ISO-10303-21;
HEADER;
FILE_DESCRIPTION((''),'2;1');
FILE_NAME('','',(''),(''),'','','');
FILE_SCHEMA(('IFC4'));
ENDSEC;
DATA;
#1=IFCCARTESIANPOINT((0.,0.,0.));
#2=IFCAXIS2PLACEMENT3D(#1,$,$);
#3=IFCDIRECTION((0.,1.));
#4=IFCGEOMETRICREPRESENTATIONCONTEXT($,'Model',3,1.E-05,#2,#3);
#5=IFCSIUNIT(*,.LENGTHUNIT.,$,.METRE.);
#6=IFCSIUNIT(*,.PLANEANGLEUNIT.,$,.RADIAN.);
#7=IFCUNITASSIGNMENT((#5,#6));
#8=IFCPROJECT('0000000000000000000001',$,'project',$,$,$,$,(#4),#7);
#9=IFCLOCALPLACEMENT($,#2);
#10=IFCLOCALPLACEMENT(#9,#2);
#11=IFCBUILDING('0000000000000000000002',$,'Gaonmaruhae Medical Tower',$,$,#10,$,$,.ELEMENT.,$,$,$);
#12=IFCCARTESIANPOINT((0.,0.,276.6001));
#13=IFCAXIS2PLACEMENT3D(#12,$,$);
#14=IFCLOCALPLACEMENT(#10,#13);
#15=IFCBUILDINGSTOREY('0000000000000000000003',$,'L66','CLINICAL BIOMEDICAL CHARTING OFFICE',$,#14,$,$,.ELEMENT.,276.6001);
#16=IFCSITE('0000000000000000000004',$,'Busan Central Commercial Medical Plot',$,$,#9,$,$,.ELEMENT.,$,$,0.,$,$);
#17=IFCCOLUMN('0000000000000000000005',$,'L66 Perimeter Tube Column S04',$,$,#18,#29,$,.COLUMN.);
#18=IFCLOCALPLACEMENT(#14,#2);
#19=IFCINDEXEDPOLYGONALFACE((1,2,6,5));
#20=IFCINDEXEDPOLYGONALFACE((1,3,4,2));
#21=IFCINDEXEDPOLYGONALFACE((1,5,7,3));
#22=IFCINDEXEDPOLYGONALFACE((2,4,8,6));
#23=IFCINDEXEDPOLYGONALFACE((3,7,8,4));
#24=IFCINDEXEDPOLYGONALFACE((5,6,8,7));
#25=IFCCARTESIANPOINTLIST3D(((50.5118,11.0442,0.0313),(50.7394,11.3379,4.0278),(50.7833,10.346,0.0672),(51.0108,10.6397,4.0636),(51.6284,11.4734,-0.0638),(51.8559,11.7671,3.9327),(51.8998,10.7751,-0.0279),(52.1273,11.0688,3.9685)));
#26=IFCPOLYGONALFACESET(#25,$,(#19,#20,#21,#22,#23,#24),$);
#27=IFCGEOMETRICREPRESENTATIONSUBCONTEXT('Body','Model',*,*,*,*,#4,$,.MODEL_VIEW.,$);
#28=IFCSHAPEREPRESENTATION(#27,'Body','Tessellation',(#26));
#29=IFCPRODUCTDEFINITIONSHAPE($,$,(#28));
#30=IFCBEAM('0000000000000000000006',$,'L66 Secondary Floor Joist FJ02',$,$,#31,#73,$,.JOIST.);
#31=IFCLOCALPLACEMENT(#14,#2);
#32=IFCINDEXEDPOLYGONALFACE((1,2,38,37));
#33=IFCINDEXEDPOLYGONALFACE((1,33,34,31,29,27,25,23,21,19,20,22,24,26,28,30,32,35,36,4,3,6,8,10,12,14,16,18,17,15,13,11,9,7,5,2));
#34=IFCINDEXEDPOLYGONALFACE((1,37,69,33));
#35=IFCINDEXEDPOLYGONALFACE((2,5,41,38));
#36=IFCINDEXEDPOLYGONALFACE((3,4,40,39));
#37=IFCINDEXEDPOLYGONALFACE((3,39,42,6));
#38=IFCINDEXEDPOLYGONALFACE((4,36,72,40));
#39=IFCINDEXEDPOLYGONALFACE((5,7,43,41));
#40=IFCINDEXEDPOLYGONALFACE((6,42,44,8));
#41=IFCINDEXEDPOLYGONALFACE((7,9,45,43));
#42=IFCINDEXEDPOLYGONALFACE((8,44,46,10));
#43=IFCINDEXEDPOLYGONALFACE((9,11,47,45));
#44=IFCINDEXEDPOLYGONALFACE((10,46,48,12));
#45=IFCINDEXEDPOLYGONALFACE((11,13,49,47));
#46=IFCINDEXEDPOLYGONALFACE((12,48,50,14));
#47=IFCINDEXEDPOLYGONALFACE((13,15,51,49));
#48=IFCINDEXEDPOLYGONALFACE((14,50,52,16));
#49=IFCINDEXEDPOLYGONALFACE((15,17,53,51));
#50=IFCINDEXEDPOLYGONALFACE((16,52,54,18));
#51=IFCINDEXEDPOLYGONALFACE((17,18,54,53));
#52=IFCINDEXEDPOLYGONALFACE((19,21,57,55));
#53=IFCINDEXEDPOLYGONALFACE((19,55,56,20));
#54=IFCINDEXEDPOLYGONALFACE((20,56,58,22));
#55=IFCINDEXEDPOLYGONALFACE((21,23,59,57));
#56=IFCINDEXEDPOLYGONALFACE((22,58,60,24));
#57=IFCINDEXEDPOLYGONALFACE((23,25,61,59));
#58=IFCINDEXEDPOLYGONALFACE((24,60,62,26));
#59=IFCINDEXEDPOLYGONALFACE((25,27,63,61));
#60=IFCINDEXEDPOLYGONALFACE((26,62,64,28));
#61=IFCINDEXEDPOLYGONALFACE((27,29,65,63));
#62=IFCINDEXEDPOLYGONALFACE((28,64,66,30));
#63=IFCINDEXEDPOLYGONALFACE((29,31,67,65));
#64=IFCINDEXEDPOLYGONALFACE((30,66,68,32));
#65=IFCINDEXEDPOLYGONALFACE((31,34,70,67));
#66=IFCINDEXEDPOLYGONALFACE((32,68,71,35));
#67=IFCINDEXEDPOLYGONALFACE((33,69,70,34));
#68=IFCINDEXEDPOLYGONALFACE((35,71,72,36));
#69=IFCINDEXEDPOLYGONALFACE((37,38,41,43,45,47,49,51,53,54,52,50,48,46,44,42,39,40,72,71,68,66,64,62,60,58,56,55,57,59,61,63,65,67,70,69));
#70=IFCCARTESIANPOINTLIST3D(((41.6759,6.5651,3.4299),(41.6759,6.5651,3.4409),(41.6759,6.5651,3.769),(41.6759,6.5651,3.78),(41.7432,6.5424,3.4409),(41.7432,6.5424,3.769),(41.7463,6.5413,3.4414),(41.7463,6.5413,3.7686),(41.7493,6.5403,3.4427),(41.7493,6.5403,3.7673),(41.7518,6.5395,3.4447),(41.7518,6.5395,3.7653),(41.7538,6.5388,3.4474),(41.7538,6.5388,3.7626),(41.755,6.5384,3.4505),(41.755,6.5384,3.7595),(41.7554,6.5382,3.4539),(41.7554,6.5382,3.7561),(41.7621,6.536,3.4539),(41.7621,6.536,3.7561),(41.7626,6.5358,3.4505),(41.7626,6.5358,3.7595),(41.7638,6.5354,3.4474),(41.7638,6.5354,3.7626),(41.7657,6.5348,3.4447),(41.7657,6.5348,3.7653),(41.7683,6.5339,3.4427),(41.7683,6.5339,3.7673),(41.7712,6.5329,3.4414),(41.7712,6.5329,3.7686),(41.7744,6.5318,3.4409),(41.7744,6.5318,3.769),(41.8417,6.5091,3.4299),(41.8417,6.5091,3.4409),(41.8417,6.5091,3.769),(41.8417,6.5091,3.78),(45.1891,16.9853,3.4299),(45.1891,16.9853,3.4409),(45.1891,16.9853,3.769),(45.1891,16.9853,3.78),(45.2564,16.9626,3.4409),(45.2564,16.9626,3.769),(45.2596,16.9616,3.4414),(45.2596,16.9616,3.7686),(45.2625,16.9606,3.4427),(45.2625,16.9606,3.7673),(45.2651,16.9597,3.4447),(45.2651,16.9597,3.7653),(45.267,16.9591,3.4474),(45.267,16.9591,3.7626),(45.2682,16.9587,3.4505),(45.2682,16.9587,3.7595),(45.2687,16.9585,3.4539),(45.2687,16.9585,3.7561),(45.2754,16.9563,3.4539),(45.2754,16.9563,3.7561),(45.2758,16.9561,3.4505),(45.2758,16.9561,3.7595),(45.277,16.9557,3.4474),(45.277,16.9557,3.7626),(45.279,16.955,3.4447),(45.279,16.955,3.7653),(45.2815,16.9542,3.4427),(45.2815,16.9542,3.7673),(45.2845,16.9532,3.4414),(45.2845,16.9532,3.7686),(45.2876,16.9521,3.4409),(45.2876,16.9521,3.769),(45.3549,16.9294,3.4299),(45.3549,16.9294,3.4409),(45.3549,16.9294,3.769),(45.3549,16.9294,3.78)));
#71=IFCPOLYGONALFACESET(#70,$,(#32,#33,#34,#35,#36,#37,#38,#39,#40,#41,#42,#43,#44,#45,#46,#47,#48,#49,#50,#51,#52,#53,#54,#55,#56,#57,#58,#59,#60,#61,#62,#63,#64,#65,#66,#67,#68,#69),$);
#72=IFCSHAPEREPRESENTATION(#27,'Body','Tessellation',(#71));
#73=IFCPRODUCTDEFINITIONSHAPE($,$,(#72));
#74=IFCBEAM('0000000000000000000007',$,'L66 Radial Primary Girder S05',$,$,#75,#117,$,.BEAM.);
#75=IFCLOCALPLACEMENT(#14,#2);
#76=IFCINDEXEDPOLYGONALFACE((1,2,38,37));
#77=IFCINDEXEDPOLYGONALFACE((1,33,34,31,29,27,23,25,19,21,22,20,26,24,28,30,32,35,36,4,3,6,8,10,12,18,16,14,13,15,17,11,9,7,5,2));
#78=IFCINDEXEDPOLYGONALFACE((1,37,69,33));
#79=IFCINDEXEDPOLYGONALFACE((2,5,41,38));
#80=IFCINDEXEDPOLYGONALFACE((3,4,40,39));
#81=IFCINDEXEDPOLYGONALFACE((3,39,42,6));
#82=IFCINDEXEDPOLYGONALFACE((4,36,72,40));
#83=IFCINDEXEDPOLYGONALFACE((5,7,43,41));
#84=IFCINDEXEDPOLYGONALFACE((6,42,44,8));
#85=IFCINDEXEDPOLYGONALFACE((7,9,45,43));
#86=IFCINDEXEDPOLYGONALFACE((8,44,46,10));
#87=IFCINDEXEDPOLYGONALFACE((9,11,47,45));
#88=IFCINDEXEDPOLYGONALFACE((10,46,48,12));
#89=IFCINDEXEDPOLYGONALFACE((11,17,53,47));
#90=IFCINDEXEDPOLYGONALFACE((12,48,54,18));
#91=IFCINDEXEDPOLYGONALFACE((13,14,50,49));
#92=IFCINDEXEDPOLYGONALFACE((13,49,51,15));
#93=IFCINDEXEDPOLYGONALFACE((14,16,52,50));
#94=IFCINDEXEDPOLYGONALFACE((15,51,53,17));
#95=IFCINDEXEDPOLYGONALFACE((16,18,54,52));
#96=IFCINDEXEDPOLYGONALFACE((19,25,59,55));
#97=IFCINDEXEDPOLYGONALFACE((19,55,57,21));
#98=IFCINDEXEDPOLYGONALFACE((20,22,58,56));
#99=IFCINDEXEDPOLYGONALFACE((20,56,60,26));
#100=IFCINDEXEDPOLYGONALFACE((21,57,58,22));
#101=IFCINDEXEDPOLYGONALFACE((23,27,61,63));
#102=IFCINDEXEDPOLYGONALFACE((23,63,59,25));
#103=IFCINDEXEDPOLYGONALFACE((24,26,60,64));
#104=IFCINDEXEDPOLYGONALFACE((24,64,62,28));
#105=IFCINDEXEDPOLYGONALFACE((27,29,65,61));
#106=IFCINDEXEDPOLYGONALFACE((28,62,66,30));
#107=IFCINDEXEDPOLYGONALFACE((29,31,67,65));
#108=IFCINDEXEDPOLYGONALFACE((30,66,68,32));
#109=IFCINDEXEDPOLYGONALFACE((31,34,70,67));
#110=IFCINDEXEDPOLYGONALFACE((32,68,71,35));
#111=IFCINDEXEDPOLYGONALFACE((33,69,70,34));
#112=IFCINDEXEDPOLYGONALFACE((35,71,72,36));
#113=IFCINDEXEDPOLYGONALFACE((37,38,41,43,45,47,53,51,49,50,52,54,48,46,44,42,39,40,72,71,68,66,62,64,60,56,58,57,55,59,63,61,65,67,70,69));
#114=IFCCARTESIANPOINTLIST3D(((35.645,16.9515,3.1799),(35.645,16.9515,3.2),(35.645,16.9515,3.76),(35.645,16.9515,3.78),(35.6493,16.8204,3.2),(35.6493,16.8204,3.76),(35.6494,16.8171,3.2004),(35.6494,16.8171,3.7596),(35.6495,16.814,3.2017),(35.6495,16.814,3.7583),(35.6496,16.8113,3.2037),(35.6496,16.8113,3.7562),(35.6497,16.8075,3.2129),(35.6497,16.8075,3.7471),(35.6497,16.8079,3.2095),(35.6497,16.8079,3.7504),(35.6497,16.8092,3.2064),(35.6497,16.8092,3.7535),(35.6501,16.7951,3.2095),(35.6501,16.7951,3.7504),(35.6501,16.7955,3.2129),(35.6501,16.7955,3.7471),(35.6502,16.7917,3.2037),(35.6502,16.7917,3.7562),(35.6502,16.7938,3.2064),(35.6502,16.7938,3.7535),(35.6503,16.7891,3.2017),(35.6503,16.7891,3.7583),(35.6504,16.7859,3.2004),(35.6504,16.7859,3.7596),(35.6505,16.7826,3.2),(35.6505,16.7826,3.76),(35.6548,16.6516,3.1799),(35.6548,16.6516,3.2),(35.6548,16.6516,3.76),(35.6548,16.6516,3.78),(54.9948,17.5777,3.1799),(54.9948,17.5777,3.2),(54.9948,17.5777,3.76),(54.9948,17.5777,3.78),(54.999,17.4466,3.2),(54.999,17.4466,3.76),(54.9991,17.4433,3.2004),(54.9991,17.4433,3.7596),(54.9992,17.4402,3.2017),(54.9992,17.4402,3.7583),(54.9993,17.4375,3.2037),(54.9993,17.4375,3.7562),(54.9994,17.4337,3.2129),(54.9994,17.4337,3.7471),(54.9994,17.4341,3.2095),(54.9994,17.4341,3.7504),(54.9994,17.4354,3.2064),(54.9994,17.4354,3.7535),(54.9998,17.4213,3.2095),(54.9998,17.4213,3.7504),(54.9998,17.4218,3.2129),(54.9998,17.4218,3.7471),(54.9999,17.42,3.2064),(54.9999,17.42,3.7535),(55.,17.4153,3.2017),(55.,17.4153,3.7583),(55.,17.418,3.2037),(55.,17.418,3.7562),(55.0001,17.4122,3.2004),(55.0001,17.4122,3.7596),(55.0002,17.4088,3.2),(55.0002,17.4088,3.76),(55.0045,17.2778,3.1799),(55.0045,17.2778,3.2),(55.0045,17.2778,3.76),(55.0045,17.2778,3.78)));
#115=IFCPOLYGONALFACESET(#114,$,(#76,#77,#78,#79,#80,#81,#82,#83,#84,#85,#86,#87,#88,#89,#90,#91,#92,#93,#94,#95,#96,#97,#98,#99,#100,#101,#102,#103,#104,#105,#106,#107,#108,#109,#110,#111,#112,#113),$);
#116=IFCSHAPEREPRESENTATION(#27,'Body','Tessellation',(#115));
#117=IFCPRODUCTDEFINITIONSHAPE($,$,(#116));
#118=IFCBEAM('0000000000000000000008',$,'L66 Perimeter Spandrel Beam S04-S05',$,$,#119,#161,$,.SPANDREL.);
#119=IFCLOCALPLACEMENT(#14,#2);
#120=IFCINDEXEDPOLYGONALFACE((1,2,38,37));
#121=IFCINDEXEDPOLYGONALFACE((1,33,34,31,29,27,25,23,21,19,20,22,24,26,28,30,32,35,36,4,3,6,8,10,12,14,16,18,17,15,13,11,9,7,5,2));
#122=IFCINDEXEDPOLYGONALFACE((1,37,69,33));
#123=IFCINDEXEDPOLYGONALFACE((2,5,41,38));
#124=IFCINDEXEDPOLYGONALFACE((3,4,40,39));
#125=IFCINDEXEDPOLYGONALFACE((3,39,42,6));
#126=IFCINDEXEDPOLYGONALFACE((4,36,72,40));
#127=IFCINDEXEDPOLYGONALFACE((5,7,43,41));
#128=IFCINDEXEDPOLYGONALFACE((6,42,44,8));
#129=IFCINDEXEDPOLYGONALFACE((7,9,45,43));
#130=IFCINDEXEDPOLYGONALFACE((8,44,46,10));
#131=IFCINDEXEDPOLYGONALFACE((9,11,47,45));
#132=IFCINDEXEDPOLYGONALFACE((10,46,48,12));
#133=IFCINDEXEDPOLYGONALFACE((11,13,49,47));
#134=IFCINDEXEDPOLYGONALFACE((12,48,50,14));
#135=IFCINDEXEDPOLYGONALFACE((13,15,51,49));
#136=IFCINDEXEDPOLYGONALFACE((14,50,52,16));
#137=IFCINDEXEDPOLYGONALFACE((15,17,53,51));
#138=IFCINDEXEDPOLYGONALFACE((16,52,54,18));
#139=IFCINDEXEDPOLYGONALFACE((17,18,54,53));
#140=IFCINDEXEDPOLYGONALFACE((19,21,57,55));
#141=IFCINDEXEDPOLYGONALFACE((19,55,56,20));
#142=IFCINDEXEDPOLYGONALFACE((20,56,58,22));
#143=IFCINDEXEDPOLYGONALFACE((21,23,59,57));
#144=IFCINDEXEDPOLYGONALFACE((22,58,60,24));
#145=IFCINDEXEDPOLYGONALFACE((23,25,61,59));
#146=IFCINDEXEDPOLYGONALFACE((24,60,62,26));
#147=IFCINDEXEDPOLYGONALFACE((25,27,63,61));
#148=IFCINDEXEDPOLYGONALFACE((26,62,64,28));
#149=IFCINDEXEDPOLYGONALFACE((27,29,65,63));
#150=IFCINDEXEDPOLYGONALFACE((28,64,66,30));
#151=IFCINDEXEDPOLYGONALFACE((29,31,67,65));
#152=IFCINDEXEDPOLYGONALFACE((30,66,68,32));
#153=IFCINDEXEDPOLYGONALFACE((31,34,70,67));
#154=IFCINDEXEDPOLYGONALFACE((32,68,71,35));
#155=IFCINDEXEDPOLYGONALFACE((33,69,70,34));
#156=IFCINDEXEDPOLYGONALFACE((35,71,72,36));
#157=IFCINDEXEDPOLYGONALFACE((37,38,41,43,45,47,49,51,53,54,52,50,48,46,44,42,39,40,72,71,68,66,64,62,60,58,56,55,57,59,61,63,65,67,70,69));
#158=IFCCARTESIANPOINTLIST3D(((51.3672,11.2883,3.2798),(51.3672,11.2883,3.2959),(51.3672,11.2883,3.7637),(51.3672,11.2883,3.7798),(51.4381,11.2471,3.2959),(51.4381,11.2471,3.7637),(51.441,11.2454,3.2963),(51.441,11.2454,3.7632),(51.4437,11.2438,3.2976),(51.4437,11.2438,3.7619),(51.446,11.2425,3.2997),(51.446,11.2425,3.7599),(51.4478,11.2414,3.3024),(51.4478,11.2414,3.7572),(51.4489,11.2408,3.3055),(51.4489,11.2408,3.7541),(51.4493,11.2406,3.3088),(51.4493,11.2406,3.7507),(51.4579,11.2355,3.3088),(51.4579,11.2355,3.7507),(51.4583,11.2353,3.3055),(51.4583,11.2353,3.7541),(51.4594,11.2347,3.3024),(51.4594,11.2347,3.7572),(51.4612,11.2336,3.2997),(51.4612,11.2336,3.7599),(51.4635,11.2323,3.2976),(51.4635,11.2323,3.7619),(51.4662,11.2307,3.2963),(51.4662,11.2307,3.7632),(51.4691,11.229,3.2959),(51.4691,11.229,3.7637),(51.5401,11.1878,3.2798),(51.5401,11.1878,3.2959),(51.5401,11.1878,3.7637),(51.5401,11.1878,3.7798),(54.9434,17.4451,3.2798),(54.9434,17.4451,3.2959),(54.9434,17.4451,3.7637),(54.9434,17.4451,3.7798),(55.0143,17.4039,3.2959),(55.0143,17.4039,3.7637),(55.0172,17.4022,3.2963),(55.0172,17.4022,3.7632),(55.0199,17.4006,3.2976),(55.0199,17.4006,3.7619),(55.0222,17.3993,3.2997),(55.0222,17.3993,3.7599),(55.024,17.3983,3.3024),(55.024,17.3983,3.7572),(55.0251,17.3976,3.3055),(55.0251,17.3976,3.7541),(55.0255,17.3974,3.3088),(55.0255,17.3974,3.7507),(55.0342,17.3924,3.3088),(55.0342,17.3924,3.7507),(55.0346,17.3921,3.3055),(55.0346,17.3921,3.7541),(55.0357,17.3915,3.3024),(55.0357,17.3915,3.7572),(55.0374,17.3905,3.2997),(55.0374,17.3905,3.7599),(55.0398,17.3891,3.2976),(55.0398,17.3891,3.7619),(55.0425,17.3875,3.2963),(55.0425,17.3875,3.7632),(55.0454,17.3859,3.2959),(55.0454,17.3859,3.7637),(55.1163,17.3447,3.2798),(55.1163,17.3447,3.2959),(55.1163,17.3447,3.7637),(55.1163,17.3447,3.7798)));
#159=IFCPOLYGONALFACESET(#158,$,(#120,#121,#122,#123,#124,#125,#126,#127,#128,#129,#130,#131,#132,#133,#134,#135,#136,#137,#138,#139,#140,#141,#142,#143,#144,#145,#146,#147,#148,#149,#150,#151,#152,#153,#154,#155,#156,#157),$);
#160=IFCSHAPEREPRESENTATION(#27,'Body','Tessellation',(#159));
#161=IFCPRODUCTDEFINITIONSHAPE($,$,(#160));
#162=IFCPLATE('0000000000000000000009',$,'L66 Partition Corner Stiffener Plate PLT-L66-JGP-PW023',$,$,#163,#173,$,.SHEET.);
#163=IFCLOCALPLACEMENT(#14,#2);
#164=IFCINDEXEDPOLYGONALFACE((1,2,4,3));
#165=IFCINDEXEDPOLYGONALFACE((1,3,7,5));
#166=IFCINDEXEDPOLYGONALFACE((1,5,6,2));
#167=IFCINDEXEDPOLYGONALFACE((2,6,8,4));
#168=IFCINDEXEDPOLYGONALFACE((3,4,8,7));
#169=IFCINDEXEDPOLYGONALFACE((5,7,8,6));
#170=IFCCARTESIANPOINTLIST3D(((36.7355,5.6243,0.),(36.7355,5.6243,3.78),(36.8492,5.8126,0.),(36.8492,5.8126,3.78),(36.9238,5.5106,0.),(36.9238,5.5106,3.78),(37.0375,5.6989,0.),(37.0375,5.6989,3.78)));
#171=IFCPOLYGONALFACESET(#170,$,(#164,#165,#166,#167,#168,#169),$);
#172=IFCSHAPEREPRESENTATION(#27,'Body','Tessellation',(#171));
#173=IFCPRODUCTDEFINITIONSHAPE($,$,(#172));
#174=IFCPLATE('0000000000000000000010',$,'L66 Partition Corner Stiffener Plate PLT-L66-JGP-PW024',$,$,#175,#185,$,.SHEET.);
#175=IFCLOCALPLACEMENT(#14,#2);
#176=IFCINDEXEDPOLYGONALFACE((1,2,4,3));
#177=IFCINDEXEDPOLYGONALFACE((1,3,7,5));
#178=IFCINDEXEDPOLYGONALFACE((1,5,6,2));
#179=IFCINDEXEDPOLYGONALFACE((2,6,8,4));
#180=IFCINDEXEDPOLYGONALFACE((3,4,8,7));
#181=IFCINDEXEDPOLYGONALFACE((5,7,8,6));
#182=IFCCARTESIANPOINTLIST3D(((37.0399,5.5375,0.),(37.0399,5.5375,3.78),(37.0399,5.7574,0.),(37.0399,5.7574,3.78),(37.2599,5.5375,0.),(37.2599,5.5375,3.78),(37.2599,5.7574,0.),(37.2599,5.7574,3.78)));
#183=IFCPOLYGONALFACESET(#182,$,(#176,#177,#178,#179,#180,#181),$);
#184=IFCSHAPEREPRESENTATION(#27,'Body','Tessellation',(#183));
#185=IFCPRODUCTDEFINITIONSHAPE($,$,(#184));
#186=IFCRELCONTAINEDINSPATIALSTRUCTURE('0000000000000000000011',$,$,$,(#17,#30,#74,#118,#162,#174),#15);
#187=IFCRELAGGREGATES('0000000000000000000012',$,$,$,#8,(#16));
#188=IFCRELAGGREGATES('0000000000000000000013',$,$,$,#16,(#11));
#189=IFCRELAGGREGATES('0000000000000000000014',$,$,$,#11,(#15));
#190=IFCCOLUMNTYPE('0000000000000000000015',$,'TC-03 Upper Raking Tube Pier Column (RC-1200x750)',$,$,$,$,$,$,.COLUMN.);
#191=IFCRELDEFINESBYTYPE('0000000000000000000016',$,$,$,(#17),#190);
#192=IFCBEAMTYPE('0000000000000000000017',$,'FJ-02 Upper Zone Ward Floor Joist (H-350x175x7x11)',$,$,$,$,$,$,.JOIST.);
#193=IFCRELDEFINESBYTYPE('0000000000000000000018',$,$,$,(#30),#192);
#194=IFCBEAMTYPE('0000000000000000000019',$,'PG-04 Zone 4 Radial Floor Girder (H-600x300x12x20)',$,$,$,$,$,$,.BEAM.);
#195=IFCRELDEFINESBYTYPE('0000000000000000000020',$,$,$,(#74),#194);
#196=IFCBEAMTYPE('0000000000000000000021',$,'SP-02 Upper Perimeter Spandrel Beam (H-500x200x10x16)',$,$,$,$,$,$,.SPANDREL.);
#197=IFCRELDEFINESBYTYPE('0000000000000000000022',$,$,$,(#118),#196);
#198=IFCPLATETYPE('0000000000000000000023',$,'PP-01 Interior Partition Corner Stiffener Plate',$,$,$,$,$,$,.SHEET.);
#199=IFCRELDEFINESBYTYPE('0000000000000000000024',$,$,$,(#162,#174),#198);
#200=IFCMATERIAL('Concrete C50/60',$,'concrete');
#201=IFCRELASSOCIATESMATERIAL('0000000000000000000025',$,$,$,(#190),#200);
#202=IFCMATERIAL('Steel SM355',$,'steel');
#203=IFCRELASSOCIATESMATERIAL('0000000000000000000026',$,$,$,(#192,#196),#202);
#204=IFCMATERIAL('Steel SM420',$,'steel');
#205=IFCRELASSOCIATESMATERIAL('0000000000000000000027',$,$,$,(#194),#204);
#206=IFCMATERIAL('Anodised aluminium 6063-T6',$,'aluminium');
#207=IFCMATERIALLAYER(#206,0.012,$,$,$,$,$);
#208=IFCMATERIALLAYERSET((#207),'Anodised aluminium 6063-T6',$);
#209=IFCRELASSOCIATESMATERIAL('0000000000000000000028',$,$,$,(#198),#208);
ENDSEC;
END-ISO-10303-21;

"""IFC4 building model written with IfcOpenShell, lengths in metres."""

from ifc_helpers import new_model, si_unit, direction, frame, origin, origin_2d, place, context, subcontext, project, spatial, rectangle, i_section, extrude, material, layer, layer_set, material_profile, profile_set, type_object, element, save


model = new_model("IFC4")

# Units and contexts
model_context = context("Model", 3, precision=1e-05, world=origin(), true_north=direction((0.0, 1.0)))
body_context = subcontext(model_context, "Body", "Model", "MODEL_VIEW")
ifc_project = project(units=[si_unit("LENGTHUNIT", "METRE"), si_unit("PLANEANGLEUNIT", "RADIAN")], contexts=[model_context])

# Site, building, storey
site_placement = place(None, origin())
site = spatial("IfcSite", under=ifc_project, at=site_placement, Name="Busan Central Commercial Medical Plot", CompositionType="ELEMENT", RefElevation=0.0)
building_placement = place(site_placement, origin())
building = spatial("IfcBuilding", under=site, at=building_placement, Name="Gaonmaruhae Medical Tower", CompositionType="ELEMENT")
storey_placement = place(building_placement, frame((0.0, 0.0, 276.6001)))
storey = spatial("IfcBuildingStorey", under=building, at=storey_placement, Name="L66", Description="CLINICAL BIOMEDICAL CHARTING OFFICE", CompositionType="ELEMENT", Elevation=276.6001)

# Column
ifc_material_1 = material(Name="Concrete C50/60", Category="concrete")
ifc_material_profile_1 = material_profile(ifc_material_1, rectangle(XDim=1.2, YDim=0.75, at=origin_2d()), Name="RC-1200x750")
ifc_profile_set_1 = profile_set([ifc_material_profile_1], Name="Concrete C50/60")
column_type = type_object("IfcColumnType", Name="TC-03 Upper Raking Tube Pier Column (RC-1200x750)", PredefinedType="COLUMN", material=ifc_profile_set_1)
column_placement = place(storey_placement, frame((51.2058, 10.9097, 0.0017), z_axis=(0.056692, 0.073177, 0.995706), x_axis=(-0.930488, -0.357644, 0.079263)))
element("IfcColumn", 1, at=column_placement, inside=storey, type_object=column_type, Name="L66 Perimeter Tube Column S04", PredefinedType="COLUMN", context=body_context, shape_type="SweptSolid", body=[
    extrude(rectangle(XDim=1.2, YDim=0.75, at=origin_2d()), origin(), (0.0, 0.0, 1.0), 4.0137),
])

# Beams
ifc_material_2 = material(Name="Steel SM355", Category="steel")
ifc_material_profile_2 = material_profile(ifc_material_2, i_section(OverallWidth=0.175, OverallDepth=0.3501, WebThickness=0.0071, FlangeThickness=0.011, FilletRadius=0.0129, at=origin_2d()), Name="H-350x175x7x11")
ifc_profile_set_2 = profile_set([ifc_material_profile_2], Name="Steel SM355")
beam_type_1 = type_object("IfcBeamType", Name="FJ-02 Upper Zone Ward Floor Joist (H-350x175x7x11)", PredefinedType="JOIST", material=ifc_profile_set_2)
beam_1_placement = place(storey_placement, frame((41.7588, 6.5371, 3.605), z_axis=(0.319483, 0.947592, 0.0), x_axis=(-0.947592, 0.319483, 0.0)))
element("IfcBeam", 2, at=beam_1_placement, inside=storey, type_object=beam_type_1, Name="L66 Secondary Floor Joist FJ02", PredefinedType="JOIST", context=body_context, shape_type="SweptSolid", body=[
    extrude(i_section(OverallWidth=0.175, OverallDepth=0.3501, WebThickness=0.0071, FlangeThickness=0.011, FilletRadius=0.0129, at=origin_2d()), origin(), (0.0, 0.0, 1.0), 10.9966),
])
ifc_material_3 = material(Name="Steel SM420", Category="steel")
ifc_material_profile_3 = material_profile(ifc_material_3, i_section(OverallWidth=0.3, OverallDepth=0.6001, WebThickness=0.012, FlangeThickness=0.02, FilletRadius=0.0129, at=origin_2d()), Name="H-600x300x12x20")
ifc_profile_set_3 = profile_set([ifc_material_profile_3], Name="Steel SM420")
beam_type_2 = type_object("IfcBeamType", Name="PG-04 Zone 4 Radial Floor Girder (H-600x300x12x20)", PredefinedType="BEAM", material=ifc_profile_set_3)
beam_2_placement = place(storey_placement, frame((35.6499, 16.8015, 3.48), z_axis=(0.999477, 0.032346, 0.0), x_axis=(-0.032346, 0.999477, 0.0)))
element("IfcBeam", 3, at=beam_2_placement, inside=storey, type_object=beam_type_2, Name="L66 Radial Primary Girder S05", PredefinedType="BEAM", context=body_context, shape_type="SweptSolid", body=[
    extrude(i_section(OverallWidth=0.3, OverallDepth=0.6001, WebThickness=0.012, FlangeThickness=0.02, FilletRadius=0.0129, at=origin_2d()), origin(), (0.0, 0.0, 1.0), 19.3599),
])
ifc_material_profile_4 = material_profile(ifc_material_2, i_section(OverallWidth=0.2, OverallDepth=0.5, WebThickness=0.01, FlangeThickness=0.0161, FilletRadius=0.0129, at=origin_2d()), Name="H-500x200x10x16")
ifc_profile_set_4 = profile_set([ifc_material_profile_4], Name="Steel SM355")
beam_type_3 = type_object("IfcBeamType", Name="SP-02 Upper Perimeter Spandrel Beam (H-500x200x10x16)", PredefinedType="SPANDREL", material=ifc_profile_set_4)
beam_3_placement = place(storey_placement, frame((51.4536, 11.238, 3.5298), z_axis=(0.502271, 0.86471, 0.0), x_axis=(-0.86471, 0.502271, 0.0)))
element("IfcBeam", 4, at=beam_3_placement, inside=storey, type_object=beam_type_3, Name="L66 Perimeter Spandrel Beam S04-S05", PredefinedType="SPANDREL", context=body_context, shape_type="SweptSolid", body=[
    extrude(i_section(OverallWidth=0.2, OverallDepth=0.5, WebThickness=0.01, FlangeThickness=0.0161, FilletRadius=0.0129, at=origin_2d()), origin(), (0.0, 0.0, 1.0), 7.1201),
])

# Plates
ifc_material_4 = material(Name="Anodised aluminium 6063-T6", Category="aluminium")
ifc_layer_1 = layer(ifc_material_4, 0.012)
ifc_layer_set_1 = layer_set([ifc_layer_1], Name="Anodised aluminium 6063-T6")
plate_type = type_object("IfcPlateType", Name="PP-01 Interior Partition Corner Stiffener Plate", PredefinedType="SHEET", material=ifc_layer_set_1)
for number, where, z_axis, x_axis, name in (
    (5, (36.8865, 5.6616, 0.0), (0.0, 0.0, 1.0), (0.516802, 0.856105, 0.0), "L66 Partition Corner Stiffener Plate PLT-L66-JGP-PW023"),
    (6, (37.1499, 5.6475, 0.0), (0.0, 0.0, 1.0), (0.0, -1.0, 0.0), "L66 Partition Corner Stiffener Plate PLT-L66-JGP-PW024"),
):
    element("IfcPlate", number, at=place(storey_placement, frame(where, z_axis=z_axis, x_axis=x_axis)), inside=storey, type_object=plate_type, Name=name, PredefinedType="SHEET", context=body_context, shape_type="SweptSolid", body=[
        extrude(rectangle(XDim=0.22, YDim=0.22, at=origin_2d()), origin(), (0.0, 0.0, 1.0), 3.78),
    ])

save(model, "model.ifc")
